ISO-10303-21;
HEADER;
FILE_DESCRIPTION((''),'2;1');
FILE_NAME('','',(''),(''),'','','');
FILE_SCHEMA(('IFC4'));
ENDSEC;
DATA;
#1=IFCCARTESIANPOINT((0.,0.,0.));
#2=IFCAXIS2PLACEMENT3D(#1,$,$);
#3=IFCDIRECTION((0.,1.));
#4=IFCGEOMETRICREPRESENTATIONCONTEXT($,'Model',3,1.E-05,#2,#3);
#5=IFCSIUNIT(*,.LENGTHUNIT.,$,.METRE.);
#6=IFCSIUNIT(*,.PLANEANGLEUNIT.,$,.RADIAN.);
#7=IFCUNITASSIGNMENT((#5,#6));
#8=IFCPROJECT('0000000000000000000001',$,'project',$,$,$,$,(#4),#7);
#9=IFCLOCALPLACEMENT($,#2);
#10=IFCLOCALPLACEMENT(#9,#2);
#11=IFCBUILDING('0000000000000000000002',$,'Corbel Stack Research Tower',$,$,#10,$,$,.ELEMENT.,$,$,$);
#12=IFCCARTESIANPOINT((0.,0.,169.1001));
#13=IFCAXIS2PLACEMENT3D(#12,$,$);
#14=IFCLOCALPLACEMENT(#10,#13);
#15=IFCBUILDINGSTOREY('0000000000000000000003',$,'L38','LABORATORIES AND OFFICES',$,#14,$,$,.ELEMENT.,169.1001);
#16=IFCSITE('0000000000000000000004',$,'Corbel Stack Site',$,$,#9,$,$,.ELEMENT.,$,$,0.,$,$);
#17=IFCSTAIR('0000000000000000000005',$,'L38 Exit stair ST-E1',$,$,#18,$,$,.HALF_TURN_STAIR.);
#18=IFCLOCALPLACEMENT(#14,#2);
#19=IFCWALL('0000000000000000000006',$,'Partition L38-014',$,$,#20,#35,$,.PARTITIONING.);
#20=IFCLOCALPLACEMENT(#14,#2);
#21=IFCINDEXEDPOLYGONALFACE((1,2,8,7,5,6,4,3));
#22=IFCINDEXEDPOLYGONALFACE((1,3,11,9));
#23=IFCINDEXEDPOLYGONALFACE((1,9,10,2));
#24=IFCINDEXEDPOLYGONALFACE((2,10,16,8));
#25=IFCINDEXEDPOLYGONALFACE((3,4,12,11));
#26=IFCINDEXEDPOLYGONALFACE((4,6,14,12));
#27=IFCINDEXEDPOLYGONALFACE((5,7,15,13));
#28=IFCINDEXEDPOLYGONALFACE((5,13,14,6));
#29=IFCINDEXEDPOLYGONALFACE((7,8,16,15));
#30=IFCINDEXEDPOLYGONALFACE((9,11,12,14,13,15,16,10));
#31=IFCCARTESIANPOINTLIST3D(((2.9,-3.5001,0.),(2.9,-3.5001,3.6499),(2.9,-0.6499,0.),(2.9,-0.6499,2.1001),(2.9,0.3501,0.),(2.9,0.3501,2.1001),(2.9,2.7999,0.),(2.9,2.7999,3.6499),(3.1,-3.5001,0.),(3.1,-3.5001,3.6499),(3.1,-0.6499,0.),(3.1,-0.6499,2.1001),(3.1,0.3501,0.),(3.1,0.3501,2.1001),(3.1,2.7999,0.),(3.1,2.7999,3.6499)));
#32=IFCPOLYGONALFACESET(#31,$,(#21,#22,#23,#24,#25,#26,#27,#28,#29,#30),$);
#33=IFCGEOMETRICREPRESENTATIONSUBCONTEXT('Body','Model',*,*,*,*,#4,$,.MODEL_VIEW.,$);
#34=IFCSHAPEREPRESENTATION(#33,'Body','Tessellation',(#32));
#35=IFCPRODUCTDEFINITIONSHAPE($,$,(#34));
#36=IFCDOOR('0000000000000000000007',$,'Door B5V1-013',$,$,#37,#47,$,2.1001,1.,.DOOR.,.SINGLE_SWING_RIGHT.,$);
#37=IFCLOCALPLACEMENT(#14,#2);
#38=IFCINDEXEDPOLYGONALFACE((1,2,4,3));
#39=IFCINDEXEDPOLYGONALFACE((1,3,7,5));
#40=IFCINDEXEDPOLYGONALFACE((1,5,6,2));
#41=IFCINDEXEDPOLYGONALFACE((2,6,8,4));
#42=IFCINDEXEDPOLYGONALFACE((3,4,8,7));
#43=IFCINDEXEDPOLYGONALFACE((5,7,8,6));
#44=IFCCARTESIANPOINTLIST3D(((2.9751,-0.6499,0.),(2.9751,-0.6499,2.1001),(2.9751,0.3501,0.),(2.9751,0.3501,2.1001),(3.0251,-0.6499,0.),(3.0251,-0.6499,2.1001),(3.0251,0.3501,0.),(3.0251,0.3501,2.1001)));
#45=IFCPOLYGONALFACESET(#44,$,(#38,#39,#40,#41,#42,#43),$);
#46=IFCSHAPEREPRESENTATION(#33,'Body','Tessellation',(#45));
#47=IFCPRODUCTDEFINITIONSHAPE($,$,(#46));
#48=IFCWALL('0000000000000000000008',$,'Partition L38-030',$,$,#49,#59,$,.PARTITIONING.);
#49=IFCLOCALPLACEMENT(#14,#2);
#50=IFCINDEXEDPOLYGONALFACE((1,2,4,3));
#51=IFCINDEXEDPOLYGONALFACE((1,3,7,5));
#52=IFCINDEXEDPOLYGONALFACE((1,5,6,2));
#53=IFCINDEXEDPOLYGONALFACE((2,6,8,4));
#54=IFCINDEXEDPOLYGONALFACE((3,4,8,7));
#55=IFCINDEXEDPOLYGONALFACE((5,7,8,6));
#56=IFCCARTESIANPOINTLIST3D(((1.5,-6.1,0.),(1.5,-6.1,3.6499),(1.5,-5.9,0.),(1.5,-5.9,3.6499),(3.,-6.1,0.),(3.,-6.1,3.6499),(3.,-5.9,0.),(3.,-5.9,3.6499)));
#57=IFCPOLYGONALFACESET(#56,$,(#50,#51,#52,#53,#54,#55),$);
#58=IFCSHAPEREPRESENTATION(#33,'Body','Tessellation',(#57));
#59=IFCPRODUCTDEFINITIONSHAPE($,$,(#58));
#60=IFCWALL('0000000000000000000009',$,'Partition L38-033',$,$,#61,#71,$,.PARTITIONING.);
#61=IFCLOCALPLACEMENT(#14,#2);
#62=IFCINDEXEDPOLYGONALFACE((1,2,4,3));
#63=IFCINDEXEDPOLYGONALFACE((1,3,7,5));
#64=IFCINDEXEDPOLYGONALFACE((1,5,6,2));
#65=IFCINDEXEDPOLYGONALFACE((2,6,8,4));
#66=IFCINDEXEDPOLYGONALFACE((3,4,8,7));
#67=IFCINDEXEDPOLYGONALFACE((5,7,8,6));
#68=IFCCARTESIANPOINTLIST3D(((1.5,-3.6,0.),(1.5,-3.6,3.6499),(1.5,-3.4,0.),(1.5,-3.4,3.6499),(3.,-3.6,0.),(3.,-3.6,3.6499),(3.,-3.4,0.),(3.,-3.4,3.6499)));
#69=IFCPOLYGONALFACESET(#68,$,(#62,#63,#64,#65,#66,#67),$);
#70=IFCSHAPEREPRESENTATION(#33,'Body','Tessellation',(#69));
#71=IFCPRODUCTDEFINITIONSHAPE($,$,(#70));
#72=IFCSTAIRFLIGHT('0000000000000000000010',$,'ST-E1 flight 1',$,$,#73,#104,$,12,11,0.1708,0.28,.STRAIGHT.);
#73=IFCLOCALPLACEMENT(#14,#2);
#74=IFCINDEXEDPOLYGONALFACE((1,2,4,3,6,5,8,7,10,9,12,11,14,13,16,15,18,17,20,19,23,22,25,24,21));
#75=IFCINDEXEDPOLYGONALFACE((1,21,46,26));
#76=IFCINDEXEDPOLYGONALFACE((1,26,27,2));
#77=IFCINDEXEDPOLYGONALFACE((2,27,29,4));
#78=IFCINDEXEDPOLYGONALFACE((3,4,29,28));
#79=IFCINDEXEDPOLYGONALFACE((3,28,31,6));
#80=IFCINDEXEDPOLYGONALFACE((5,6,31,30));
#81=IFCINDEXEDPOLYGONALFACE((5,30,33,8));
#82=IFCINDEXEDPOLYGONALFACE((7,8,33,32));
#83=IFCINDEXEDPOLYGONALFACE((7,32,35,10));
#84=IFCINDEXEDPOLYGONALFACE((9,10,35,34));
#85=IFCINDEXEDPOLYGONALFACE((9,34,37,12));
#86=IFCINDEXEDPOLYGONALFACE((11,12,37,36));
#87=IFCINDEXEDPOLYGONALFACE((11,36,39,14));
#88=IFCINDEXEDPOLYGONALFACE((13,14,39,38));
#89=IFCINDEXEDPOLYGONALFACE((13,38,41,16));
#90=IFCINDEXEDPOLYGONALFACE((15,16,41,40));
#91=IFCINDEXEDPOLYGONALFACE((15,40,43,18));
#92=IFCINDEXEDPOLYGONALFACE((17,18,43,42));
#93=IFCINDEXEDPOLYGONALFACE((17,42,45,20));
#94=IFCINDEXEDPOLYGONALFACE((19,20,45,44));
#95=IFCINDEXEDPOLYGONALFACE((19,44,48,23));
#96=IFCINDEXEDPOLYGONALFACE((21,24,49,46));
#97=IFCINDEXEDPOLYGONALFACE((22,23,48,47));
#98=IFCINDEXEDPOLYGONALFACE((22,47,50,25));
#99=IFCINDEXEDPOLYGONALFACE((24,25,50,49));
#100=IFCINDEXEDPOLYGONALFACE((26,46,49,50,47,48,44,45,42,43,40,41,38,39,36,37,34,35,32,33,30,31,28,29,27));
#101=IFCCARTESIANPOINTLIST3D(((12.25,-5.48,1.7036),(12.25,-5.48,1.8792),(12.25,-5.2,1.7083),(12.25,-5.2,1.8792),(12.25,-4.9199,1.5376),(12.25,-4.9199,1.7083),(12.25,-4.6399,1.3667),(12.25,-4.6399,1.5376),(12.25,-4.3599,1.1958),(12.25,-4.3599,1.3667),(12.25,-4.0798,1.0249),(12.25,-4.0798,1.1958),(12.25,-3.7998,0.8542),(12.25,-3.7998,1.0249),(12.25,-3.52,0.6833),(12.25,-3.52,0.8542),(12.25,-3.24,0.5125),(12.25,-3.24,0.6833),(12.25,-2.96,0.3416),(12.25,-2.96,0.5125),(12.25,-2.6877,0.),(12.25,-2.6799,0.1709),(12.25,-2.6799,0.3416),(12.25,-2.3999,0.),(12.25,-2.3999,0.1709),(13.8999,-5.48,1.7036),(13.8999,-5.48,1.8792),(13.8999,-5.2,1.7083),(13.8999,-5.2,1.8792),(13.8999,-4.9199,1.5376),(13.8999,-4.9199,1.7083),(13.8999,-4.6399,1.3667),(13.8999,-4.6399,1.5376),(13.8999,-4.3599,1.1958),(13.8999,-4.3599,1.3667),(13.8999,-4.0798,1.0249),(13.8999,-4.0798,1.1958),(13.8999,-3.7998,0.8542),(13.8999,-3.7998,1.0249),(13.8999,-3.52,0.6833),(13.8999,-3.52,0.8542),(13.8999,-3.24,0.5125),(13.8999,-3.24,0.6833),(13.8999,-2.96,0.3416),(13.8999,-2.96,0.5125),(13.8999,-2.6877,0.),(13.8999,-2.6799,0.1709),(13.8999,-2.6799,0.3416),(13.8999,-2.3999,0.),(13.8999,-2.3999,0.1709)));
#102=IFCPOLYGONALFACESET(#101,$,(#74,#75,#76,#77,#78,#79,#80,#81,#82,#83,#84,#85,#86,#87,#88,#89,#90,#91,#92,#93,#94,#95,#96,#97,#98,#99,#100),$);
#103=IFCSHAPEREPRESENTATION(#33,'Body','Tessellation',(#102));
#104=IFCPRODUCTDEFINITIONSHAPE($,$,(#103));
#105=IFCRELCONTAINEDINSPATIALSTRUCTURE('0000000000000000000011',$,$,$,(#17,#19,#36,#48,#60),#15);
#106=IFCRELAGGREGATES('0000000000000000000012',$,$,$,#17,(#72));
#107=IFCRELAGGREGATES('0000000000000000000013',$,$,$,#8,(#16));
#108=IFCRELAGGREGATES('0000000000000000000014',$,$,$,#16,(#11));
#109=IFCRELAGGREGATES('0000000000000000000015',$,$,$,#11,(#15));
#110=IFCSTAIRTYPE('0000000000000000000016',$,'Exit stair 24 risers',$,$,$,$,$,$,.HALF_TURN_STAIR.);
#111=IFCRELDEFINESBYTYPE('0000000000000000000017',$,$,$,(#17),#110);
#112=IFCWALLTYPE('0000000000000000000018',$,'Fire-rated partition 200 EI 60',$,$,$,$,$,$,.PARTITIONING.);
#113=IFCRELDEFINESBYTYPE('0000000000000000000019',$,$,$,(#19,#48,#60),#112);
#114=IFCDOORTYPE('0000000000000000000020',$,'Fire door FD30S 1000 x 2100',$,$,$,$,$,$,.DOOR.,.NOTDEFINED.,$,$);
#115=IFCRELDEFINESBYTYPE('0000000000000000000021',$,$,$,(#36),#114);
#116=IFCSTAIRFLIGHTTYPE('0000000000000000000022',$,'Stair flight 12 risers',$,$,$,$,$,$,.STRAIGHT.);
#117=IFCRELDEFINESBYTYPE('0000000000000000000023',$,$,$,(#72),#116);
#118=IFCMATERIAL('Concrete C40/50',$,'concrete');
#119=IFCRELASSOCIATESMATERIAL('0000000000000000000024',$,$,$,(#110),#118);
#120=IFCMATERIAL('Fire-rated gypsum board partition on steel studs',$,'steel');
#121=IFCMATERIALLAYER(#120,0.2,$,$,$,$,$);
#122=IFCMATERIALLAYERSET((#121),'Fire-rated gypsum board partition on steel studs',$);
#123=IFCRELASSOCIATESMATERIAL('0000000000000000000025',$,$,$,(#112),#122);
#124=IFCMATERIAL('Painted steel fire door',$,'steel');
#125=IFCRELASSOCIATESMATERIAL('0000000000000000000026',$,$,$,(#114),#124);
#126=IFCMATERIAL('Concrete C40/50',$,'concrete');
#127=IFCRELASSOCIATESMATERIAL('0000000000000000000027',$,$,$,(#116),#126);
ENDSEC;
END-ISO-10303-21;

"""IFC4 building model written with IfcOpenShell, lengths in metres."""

from ifc_helpers import new_model, si_unit, direction, frame, frame_2d, origin, place, context, subcontext, project, spatial, polyline, rectangle, outline, extrude, material, layer, layer_set, type_object, element, fill, aggregate, save


model = new_model("IFC4")

# Units and contexts
model_context = context("Model", 3, precision=1e-05, world=origin(), true_north=direction((0.0, 1.0)))
body_context = subcontext(model_context, "Body", "Model", "MODEL_VIEW")
ifc_project = project(units=[si_unit("LENGTHUNIT", "METRE"), si_unit("PLANEANGLEUNIT", "RADIAN")], contexts=[model_context])

# Site, building, storey
site_placement = place(None, origin())
site = spatial("IfcSite", under=ifc_project, at=site_placement, Name="Corbel Stack Site", CompositionType="ELEMENT", RefElevation=0.0)
building_placement = place(site_placement, origin())
building = spatial("IfcBuilding", under=site, at=building_placement, Name="Corbel Stack Research Tower", CompositionType="ELEMENT")
storey_placement = place(building_placement, frame((0.0, 0.0, 169.1001)))
storey = spatial("IfcBuildingStorey", under=building, at=storey_placement, Name="L38", Description="LABORATORIES AND OFFICES", CompositionType="ELEMENT", Elevation=169.1001)

# Stair
ifc_material_1 = material(Name="Concrete C40/50", Category="concrete")
stair_type = type_object("IfcStairType", Name="Exit stair 24 risers", PredefinedType="HALF_TURN_STAIR", material=ifc_material_1)
stair_1_placement = place(storey_placement, origin())
stair_1 = element("IfcStair", 1, at=stair_1_placement, inside=storey, type_object=stair_type, Name="L38 Exit stair ST-E1", PredefinedType="HALF_TURN_STAIR")

# Wall, opening, door
ifc_material_2 = material(Name="Fire-rated gypsum board partition on steel studs", Category="steel")
ifc_layer_1 = layer(ifc_material_2, 0.2)
ifc_layer_set_1 = layer_set([ifc_layer_1], Name="Fire-rated gypsum board partition on steel studs")
wall_type_1 = type_object("IfcWallType", Name="Fire-rated partition 200 EI 60", PredefinedType="PARTITIONING", material=ifc_layer_set_1)
wall_1_placement = place(storey_placement, frame((3.0, -3.5, 0.0), z_axis=(0.0, 0.0, 1.0), x_axis=(0.0, 1.0, 0.0)))
wall_1 = element("IfcWall", 2, at=wall_1_placement, inside=storey, type_object=wall_type_1, Name="Partition L38-014", PredefinedType="PARTITIONING", context=body_context, shape_type="SweptSolid", body=[
    extrude(rectangle(XDim=6.3, YDim=0.2, at=frame_2d((3.1499, 0.0))), origin(), (0.0, 0.0, 1.0), 3.6499),
])
opening_1_placement = place(wall_1_placement, frame((2.8501, 0.0, 0.0)))
opening_1 = element("IfcOpeningElement", 3, at=opening_1_placement, cuts=wall_1, PredefinedType="OPENING", context=body_context, shape_type="SweptSolid", body=[
    extrude(rectangle(XDim=1.0, YDim=2.1001, at=frame_2d((0.5, 1.05))), frame((0.0, 0.1099, 0.0), z_axis=(0.0, -1.0, 0.0), x_axis=(1.0, 0.0, 0.0)), (0.0, 0.0, 1.0), 0.22),
])
ifc_material_3 = material(Name="Painted steel fire door", Category="steel")
door_type_1 = type_object("IfcDoorType", Name="Fire door FD30S 1000 x 2100", OperationType="NOTDEFINED", PredefinedType="DOOR", material=ifc_material_3)
door_1_placement = place(opening_1_placement, origin())
door_1 = element("IfcDoor", 4, at=door_1_placement, inside=storey, type_object=door_type_1, Name="Door B5V1-013", OperationType="SINGLE_SWING_RIGHT", OverallHeight=2.1001, OverallWidth=1.0, PredefinedType="DOOR", context=body_context, shape_type="SweptSolid", body=[
    extrude(rectangle(XDim=1.0, YDim=2.1001, at=frame_2d((0.5, 1.05))), frame((0.0, 0.0249, 0.0), z_axis=(0.0, -1.0, 0.0), x_axis=(1.0, 0.0, 0.0)), (0.0, 0.0, 1.0), 0.05),
])
fill(opening_1, door_1)

# Walls
for number, where, z_axis, x_axis, name in (
    (5, (1.5, -6.0, 0.0), (0.0, 0.0, 1.0), (1.0, 0.0, 0.0), "Partition L38-030"),
    (6, (1.5, -3.5, 0.0), (0.0, 0.0, 1.0), (1.0, 0.0, 0.0), "Partition L38-033"),
):
    element("IfcWall", number, at=place(storey_placement, frame(where, z_axis=z_axis, x_axis=x_axis)), inside=storey, type_object=wall_type_1, Name=name, PredefinedType="PARTITIONING", context=body_context, shape_type="SweptSolid", body=[
        extrude(rectangle(XDim=1.5, YDim=0.2, at=frame_2d((0.75, 0.0))), origin(), (0.0, 0.0, 1.0), 3.6499),
    ])

# Stair flight
ifc_material_4 = material(Name="Concrete C40/50", Category="concrete")
stair_flight_type = type_object("IfcStairFlightType", Name="Stair flight 12 risers", PredefinedType="STRAIGHT", material=ifc_material_4)
stair_flight_placement = place(storey_placement, frame((13.075, -2.3999, 0.0), z_axis=(0.0, 0.0, 1.0), x_axis=(0.0, -1.0, 0.0)))
stair_flight = element("IfcStairFlight", 7, at=stair_flight_placement, type_object=stair_flight_type, Name="ST-E1 flight 1", NumberOfRisers=12, NumberOfTreads=11, PredefinedType="STRAIGHT", RiserHeight=0.1708, TreadLength=0.28, context=body_context, shape_type="SweptSolid", body=[
    extrude(outline(polyline([(0.0, 0.0), (0.0, 0.1709), (0.28, 0.1709), (0.28, 0.3416), (0.5601, 0.3416), (0.5601, 0.5125), (0.8401, 0.5125), (0.8401, 0.6833), (1.1201, 0.6833), (1.1201, 0.8542), (1.3999, 0.8542), (1.3999, 1.0249), (1.6799, 1.0249), (1.6799, 1.1958), (1.96, 1.1958), (1.96, 1.3667), (2.24, 1.3667), (2.24, 1.5376), (2.52, 1.5376), (2.52, 1.7083), (2.8, 1.7083), (2.8, 1.8792), (3.0801, 1.8792), (3.0801, 2.05), (3.0801, 1.7036), (0.2878, 0.0), (0.0, 0.0)])), frame((0.0, 0.825, 0.0), z_axis=(0.0, -1.0, 0.0), x_axis=(1.0, 0.0, 0.0)), (0.0, 0.0, 1.0), 1.6499),
])
aggregate(stair_1, [stair_flight])

save(model, "model.ifc")
